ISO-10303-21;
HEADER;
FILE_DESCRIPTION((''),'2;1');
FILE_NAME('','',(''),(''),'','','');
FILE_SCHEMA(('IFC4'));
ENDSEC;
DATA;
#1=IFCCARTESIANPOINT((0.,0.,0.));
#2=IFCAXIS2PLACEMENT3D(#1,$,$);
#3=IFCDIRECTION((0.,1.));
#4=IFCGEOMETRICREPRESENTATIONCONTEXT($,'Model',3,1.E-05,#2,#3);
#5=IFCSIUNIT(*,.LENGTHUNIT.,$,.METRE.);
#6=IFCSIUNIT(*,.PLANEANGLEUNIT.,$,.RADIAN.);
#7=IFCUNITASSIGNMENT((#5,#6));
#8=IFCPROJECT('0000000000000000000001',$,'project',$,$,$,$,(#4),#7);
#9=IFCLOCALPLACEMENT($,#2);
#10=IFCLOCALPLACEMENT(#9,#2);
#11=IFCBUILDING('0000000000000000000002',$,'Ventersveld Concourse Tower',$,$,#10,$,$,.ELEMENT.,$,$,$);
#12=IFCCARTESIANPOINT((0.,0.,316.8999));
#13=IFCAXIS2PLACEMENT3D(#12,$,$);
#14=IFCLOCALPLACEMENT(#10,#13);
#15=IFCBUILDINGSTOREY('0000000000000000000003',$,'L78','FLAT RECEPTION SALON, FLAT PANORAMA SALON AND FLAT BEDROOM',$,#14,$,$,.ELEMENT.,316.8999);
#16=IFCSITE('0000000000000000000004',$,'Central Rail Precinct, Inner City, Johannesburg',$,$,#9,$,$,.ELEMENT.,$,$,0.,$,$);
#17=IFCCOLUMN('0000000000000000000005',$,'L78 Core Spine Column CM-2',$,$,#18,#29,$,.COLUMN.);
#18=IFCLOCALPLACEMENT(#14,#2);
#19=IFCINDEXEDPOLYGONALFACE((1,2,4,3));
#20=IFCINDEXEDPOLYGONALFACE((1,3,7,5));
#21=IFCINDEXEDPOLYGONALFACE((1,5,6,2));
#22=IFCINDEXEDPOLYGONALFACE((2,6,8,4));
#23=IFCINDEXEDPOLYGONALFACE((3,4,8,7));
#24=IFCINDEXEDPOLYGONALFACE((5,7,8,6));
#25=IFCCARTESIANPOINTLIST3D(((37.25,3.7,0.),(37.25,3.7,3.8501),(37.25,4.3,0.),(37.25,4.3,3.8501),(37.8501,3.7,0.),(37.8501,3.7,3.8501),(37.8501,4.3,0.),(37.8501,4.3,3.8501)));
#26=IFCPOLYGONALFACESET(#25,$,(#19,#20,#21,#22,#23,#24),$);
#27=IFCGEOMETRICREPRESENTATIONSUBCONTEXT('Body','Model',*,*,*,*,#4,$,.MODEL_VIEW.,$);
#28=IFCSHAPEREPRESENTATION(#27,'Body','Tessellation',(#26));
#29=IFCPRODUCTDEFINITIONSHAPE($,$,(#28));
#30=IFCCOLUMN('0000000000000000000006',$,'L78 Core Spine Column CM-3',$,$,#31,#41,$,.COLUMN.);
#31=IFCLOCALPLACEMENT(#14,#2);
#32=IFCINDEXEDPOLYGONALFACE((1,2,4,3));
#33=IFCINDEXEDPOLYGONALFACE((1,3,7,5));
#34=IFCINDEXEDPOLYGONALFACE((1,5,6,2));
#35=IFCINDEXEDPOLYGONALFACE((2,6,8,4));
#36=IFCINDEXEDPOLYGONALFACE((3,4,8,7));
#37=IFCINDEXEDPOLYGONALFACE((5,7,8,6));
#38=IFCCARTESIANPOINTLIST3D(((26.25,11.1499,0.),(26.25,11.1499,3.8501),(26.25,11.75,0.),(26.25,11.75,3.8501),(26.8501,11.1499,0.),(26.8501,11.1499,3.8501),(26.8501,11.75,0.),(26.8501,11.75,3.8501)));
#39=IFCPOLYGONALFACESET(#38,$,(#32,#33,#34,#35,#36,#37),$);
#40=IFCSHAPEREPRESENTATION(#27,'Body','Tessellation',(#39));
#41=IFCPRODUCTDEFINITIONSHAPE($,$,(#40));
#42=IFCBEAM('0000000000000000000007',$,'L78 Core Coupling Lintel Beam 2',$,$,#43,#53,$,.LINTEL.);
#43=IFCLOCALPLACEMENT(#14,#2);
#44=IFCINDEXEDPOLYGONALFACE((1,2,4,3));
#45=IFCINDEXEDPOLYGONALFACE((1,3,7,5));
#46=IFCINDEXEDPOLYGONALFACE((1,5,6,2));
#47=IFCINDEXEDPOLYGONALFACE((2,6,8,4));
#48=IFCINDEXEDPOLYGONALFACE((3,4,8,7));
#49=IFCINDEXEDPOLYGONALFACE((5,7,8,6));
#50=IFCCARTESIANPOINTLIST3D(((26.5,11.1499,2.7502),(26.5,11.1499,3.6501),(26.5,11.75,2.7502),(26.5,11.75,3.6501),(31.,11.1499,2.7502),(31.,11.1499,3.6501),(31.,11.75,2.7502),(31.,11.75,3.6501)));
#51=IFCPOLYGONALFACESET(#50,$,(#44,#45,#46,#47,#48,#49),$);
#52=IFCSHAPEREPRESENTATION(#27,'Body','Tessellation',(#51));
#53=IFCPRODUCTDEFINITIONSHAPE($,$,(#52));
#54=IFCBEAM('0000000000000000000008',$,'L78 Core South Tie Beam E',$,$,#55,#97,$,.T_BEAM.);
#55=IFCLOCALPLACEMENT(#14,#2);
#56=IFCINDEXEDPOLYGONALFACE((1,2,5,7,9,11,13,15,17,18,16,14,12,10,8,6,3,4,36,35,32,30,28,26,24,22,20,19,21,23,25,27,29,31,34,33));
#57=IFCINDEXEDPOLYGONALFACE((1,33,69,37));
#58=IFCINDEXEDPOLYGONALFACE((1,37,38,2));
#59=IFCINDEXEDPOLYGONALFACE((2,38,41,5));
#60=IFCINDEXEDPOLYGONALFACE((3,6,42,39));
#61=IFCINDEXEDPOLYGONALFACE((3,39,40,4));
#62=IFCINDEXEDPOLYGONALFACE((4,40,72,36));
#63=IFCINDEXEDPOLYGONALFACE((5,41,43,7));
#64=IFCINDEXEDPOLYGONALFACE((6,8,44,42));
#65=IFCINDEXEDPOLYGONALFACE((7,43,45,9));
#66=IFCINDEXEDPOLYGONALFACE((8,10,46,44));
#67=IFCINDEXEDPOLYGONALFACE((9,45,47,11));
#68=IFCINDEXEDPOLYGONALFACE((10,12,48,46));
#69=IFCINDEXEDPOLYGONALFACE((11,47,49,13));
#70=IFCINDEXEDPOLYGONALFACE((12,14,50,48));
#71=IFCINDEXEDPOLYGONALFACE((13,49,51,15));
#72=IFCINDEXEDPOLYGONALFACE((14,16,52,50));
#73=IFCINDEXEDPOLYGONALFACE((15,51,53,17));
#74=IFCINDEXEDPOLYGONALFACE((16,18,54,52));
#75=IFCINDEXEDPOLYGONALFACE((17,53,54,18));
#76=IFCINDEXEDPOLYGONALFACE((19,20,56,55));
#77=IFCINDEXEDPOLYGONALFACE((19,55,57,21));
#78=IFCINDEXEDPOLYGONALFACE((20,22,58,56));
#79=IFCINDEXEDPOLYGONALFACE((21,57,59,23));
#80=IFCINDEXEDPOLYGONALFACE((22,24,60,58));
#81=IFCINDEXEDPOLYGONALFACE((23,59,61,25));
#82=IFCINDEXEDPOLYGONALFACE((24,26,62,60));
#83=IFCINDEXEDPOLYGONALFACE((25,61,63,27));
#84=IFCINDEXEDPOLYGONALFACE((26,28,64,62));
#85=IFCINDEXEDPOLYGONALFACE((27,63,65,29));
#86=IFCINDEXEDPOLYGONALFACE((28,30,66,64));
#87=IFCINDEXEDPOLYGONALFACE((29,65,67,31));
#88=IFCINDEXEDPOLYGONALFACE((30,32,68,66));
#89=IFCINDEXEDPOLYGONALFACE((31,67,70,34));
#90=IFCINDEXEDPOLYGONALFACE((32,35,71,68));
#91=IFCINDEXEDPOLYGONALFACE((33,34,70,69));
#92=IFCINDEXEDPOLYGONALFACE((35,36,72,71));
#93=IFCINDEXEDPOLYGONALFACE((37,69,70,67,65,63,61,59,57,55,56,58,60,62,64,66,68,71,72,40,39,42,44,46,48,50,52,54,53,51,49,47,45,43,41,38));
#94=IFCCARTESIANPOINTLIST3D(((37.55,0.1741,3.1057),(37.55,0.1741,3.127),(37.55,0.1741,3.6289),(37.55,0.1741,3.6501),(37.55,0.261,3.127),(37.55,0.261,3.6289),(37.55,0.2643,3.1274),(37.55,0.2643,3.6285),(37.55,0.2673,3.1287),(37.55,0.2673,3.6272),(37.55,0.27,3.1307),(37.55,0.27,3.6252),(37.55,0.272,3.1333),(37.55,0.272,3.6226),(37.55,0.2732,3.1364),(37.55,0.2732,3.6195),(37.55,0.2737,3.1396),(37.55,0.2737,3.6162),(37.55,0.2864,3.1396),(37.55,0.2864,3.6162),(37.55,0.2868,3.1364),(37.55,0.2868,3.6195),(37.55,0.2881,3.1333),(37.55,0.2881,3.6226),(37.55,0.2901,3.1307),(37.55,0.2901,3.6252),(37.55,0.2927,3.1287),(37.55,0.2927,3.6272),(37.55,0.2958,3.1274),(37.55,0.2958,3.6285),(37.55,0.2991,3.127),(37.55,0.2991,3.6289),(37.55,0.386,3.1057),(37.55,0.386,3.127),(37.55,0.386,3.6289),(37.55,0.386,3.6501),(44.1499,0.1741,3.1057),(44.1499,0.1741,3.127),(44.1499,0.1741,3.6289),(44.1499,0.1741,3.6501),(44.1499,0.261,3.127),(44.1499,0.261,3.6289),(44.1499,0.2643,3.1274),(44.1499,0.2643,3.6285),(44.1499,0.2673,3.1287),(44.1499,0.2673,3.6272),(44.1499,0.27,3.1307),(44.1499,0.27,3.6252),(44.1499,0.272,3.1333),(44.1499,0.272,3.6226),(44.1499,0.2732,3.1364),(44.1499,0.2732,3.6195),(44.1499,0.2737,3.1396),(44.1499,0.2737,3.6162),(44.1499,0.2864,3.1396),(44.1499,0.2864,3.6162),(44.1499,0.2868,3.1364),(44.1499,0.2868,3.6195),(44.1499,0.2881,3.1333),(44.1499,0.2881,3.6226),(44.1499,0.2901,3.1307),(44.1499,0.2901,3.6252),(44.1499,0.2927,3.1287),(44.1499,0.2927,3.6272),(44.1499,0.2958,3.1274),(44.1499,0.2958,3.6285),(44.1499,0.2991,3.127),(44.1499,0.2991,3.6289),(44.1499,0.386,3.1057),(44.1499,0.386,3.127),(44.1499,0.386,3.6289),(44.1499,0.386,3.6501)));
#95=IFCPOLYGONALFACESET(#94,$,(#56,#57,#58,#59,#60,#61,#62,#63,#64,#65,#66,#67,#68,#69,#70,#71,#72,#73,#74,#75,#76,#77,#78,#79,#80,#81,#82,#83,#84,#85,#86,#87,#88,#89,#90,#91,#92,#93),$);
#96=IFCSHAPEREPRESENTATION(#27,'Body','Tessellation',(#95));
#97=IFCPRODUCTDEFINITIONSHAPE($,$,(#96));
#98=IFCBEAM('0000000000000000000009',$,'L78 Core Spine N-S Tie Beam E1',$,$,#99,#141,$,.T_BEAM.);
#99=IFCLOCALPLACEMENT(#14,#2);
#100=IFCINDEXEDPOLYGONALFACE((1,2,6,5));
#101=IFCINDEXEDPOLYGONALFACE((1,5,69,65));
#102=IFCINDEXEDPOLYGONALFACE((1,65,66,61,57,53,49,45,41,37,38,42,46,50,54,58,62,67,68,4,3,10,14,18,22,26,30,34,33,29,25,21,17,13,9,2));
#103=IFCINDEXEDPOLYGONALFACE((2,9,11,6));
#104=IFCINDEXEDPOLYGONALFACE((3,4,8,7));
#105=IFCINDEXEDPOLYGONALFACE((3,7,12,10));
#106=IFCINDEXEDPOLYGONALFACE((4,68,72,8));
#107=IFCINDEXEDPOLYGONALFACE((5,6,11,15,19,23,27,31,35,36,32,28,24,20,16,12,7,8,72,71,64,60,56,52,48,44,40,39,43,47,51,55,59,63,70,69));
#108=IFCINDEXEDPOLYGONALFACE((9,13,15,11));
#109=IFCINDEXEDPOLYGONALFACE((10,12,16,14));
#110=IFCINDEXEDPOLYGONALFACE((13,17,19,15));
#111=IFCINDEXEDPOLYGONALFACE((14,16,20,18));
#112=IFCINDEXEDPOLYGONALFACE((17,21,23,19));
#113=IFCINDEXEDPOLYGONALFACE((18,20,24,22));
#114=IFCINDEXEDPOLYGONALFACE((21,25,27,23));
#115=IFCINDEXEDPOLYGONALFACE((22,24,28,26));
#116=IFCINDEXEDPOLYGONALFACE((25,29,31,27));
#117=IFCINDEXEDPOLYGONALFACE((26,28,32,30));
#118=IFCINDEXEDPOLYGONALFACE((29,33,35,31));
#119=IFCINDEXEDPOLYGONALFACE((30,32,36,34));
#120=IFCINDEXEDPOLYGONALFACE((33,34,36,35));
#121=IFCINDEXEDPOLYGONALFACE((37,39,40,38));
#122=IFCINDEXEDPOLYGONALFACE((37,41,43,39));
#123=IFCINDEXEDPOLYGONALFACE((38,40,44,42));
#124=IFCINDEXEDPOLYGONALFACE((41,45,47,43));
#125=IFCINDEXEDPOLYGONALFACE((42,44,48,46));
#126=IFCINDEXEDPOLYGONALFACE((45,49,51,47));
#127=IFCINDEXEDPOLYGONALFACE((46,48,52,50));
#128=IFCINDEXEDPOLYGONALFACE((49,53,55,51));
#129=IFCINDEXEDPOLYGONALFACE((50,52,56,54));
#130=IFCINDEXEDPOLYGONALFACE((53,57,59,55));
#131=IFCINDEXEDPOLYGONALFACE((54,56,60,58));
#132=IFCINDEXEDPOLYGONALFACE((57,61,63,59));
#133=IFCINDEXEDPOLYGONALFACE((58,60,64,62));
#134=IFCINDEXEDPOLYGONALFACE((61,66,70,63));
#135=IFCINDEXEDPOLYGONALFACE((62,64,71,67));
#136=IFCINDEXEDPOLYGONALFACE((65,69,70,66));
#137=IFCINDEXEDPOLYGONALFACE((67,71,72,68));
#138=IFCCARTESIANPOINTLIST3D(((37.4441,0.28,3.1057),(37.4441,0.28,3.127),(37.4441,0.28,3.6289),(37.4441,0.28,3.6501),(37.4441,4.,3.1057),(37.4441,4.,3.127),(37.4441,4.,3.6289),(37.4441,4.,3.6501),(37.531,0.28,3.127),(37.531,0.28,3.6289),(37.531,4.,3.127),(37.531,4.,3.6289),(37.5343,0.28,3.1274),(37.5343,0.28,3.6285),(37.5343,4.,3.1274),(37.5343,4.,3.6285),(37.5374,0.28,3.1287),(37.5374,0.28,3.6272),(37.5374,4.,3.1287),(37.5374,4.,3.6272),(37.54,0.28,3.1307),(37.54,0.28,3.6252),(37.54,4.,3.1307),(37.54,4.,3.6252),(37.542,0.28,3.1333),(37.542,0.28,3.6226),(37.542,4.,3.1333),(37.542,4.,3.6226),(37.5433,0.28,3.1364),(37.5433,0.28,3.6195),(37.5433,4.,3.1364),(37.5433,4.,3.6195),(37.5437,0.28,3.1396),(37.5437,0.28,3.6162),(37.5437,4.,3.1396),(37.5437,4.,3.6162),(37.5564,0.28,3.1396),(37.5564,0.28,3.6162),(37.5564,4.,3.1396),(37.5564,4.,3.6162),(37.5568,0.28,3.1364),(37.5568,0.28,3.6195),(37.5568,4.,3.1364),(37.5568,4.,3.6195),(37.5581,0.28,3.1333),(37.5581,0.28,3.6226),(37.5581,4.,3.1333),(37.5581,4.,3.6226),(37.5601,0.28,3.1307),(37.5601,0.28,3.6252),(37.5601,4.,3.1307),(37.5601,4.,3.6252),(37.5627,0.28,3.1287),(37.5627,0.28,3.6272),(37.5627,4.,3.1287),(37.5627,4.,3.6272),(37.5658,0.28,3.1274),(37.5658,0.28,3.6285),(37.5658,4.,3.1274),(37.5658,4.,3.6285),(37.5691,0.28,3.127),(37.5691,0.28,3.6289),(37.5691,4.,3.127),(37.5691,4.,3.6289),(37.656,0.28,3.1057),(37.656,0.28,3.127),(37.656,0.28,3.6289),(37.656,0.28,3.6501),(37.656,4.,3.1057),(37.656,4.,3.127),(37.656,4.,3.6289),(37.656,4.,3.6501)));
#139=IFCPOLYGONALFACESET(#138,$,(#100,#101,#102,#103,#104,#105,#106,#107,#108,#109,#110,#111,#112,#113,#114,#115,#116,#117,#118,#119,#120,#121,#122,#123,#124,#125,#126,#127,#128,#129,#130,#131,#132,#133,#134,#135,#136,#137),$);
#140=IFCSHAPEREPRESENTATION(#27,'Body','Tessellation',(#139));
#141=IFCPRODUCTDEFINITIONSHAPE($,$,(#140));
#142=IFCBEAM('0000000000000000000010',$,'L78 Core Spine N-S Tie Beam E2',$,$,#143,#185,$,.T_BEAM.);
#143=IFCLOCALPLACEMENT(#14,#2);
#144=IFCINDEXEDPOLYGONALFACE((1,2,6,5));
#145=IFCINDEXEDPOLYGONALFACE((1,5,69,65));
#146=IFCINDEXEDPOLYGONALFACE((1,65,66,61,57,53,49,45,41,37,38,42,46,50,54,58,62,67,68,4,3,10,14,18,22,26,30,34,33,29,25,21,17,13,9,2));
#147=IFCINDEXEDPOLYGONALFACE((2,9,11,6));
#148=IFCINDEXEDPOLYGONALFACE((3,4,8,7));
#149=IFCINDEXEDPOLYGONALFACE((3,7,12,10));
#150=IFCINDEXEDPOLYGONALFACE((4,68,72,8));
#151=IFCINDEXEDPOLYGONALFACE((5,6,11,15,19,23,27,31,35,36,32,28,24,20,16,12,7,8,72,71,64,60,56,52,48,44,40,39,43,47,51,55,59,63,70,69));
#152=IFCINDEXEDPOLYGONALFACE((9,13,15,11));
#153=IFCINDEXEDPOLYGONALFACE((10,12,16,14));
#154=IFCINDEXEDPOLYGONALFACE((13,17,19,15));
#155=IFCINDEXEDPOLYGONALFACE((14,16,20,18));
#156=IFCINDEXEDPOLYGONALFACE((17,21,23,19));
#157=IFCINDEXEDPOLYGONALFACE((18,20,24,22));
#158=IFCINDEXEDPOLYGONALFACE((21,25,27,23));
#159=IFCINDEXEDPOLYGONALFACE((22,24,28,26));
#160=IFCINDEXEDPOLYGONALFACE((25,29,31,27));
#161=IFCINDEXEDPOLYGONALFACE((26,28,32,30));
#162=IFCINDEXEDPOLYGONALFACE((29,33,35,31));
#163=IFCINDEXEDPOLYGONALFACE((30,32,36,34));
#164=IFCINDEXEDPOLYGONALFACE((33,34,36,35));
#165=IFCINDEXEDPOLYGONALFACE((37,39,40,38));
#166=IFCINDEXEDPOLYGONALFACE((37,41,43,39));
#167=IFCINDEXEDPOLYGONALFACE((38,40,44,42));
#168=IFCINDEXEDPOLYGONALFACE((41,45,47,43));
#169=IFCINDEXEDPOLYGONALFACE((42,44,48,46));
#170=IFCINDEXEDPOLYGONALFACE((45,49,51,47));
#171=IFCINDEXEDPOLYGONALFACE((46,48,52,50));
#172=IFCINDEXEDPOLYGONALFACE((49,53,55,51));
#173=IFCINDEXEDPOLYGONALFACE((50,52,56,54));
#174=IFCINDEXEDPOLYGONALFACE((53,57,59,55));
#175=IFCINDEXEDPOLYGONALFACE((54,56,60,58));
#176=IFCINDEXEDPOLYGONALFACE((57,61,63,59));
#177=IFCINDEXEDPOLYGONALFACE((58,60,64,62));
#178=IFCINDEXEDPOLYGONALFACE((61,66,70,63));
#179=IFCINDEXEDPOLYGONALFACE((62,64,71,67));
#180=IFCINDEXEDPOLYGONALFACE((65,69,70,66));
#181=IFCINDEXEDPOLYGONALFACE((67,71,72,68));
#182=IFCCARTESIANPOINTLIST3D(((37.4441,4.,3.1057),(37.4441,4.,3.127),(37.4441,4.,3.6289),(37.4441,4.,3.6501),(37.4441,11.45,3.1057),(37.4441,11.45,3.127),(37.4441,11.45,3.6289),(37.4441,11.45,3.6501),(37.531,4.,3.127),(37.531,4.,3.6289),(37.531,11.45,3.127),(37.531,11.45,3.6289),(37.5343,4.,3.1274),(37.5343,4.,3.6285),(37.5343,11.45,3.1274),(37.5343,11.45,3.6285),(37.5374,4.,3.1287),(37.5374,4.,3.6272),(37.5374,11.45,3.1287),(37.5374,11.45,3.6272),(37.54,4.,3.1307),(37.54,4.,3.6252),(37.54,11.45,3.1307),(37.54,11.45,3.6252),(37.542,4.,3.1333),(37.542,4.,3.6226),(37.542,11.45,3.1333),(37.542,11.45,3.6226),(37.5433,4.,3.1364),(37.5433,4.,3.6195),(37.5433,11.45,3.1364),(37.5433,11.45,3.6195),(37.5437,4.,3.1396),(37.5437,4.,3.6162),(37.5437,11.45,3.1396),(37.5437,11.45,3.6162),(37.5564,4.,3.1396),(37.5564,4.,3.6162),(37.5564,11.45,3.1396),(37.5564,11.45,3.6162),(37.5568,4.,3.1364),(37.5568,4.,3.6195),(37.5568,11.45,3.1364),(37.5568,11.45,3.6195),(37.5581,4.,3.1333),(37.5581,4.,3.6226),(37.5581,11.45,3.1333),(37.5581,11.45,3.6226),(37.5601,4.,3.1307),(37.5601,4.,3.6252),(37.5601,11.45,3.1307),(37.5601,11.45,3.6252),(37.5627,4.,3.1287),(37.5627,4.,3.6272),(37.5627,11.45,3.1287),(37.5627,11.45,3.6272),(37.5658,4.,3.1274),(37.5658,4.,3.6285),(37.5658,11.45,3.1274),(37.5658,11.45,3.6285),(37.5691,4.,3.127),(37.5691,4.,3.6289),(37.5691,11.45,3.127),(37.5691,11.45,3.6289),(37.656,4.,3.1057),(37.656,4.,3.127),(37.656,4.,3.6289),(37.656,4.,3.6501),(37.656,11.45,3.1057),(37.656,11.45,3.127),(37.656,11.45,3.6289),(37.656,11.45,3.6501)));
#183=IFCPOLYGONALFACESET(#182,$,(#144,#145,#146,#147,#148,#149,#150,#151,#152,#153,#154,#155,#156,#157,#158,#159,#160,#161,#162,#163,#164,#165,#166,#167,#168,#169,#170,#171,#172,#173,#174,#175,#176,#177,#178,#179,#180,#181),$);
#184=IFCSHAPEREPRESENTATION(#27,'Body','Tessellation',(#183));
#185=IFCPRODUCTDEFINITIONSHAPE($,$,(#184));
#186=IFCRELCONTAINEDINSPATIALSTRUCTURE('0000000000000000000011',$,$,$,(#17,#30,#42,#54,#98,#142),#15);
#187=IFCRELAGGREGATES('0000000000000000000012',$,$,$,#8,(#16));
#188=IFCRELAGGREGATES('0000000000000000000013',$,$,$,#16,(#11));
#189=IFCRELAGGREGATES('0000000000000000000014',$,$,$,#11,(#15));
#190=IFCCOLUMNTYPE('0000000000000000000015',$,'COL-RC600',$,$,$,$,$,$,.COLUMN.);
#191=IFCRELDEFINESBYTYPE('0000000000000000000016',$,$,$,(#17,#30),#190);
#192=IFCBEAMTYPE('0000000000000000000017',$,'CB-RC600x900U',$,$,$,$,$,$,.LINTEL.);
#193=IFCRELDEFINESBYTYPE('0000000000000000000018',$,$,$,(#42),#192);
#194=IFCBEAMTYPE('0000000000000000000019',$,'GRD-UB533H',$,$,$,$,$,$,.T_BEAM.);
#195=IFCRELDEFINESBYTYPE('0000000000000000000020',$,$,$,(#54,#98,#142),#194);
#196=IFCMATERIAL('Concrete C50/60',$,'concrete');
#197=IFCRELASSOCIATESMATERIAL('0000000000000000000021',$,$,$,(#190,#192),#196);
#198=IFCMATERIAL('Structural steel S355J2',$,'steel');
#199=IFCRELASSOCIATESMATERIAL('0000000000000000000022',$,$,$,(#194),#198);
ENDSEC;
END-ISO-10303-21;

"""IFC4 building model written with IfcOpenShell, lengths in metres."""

from ifc_helpers import new_model, si_unit, direction, frame, origin, origin_2d, place, context, subcontext, project, spatial, rectangle, i_section, extrude, material, material_profile, profile_set, type_object, element, save


model = new_model("IFC4")

# Units and contexts
model_context = context("Model", 3, precision=1e-05, world=origin(), true_north=direction((0.0, 1.0)))
body_context = subcontext(model_context, "Body", "Model", "MODEL_VIEW")
ifc_project = project(units=[si_unit("LENGTHUNIT", "METRE"), si_unit("PLANEANGLEUNIT", "RADIAN")], contexts=[model_context])

# Site, building, storey
site_placement = place(None, origin())
site = spatial("IfcSite", under=ifc_project, at=site_placement, Name="Central Rail Precinct, Inner City, Johannesburg", CompositionType="ELEMENT", RefElevation=0.0)
building_placement = place(site_placement, origin())
building = spatial("IfcBuilding", under=site, at=building_placement, Name="Ventersveld Concourse Tower", CompositionType="ELEMENT")
storey_placement = place(building_placement, frame((0.0, 0.0, 316.8999)))
storey = spatial("IfcBuildingStorey", under=building, at=storey_placement, Name="L78", Description="FLAT RECEPTION SALON, FLAT PANORAMA SALON AND FLAT BEDROOM", CompositionType="ELEMENT", Elevation=316.8999)

# Columns
ifc_material_1 = material(Name="Concrete C50/60", Category="concrete")
ifc_material_profile_1 = material_profile(ifc_material_1, rectangle(XDim=0.6001, YDim=0.6001, at=origin_2d()), Name="RC 600x600")
ifc_profile_set_1 = profile_set([ifc_material_profile_1], Name="Concrete C50/60")
column_type = type_object("IfcColumnType", Name="COL-RC600", PredefinedType="COLUMN", material=ifc_profile_set_1)
for number, where, z_axis, x_axis, name in (
    (1, (37.55, 4.0, 0.0), (0.0, 0.0, 1.0), (1.0, 0.0, 0.0), "L78 Core Spine Column CM-2"),
    (2, (26.55, 11.45, 0.0), (0.0, 0.0, 1.0), (1.0, 0.0, 0.0), "L78 Core Spine Column CM-3"),
):
    element("IfcColumn", number, at=place(storey_placement, frame(where, z_axis=z_axis, x_axis=x_axis)), inside=storey, type_object=column_type, Name=name, PredefinedType="COLUMN", context=body_context, shape_type="SweptSolid", body=[
        extrude(rectangle(XDim=0.6001, YDim=0.6001, at=origin_2d()), origin(), (0.0, 0.0, 1.0), 3.8501),
    ])

# Beams
ifc_material_profile_2 = material_profile(ifc_material_1, rectangle(XDim=0.6001, YDim=0.8999, at=origin_2d()), Name="RC 600x900")
ifc_profile_set_2 = profile_set([ifc_material_profile_2], Name="Concrete C50/60")
beam_type_1 = type_object("IfcBeamType", Name="CB-RC600x900U", PredefinedType="LINTEL", material=ifc_profile_set_2)
beam_1_placement = place(storey_placement, frame((26.5, 11.45, 3.2002), z_axis=(1.0, 0.0, 0.0), x_axis=(0.0, 1.0, 0.0)))
element("IfcBeam", 3, at=beam_1_placement, inside=storey, type_object=beam_type_1, Name="L78 Core Coupling Lintel Beam 2", PredefinedType="LINTEL", context=body_context, shape_type="SweptSolid", body=[
    extrude(rectangle(XDim=0.6001, YDim=0.8999, at=origin_2d()), origin(), (0.0, 0.0, 1.0), 4.5),
])
ifc_material_2 = material(Name="Structural steel S355J2", Category="steel")
ifc_material_profile_3 = material_profile(ifc_material_2, i_section(OverallWidth=0.2119, OverallDepth=0.5444, WebThickness=0.0127, FlangeThickness=0.0212, FilletRadius=0.0127, at=origin_2d()), Name="UB 533x210x122")
ifc_profile_set_3 = profile_set([ifc_material_profile_3], Name="Structural steel S355J2")
beam_type_2 = type_object("IfcBeamType", Name="GRD-UB533H", PredefinedType="T_BEAM", material=ifc_profile_set_3)
beam_2_placement = place(storey_placement, frame((37.55, 0.28, 3.3779), z_axis=(1.0, 0.0, 0.0), x_axis=(0.0, 1.0, 0.0)))
element("IfcBeam", 4, at=beam_2_placement, inside=storey, type_object=beam_type_2, Name="L78 Core South Tie Beam E", PredefinedType="T_BEAM", context=body_context, shape_type="SweptSolid", body=[
    extrude(i_section(OverallWidth=0.2119, OverallDepth=0.5444, WebThickness=0.0127, FlangeThickness=0.0212, FilletRadius=0.0127, at=origin_2d()), origin(), (0.0, 0.0, 1.0), 6.5999),
])
beam_3_placement = place(storey_placement, frame((37.55, 0.28, 3.3779), z_axis=(0.0, 1.0, 0.0), x_axis=(-1.0, 0.0, 0.0)))
element("IfcBeam", 5, at=beam_3_placement, inside=storey, type_object=beam_type_2, Name="L78 Core Spine N-S Tie Beam E1", PredefinedType="T_BEAM", context=body_context, shape_type="SweptSolid", body=[
    extrude(i_section(OverallWidth=0.2119, OverallDepth=0.5444, WebThickness=0.0127, FlangeThickness=0.0212, FilletRadius=0.0127, at=origin_2d()), origin(), (0.0, 0.0, 1.0), 3.72),
])
beam_4_placement = place(storey_placement, frame((37.55, 4.0, 3.3779), z_axis=(0.0, 1.0, 0.0), x_axis=(-1.0, 0.0, 0.0)))
element("IfcBeam", 6, at=beam_4_placement, inside=storey, type_object=beam_type_2, Name="L78 Core Spine N-S Tie Beam E2", PredefinedType="T_BEAM", context=body_context, shape_type="SweptSolid", body=[
    extrude(i_section(OverallWidth=0.2119, OverallDepth=0.5444, WebThickness=0.0127, FlangeThickness=0.0212, FilletRadius=0.0127, at=origin_2d()), origin(), (0.0, 0.0, 1.0), 7.45),
])

save(model, "model.ifc")
